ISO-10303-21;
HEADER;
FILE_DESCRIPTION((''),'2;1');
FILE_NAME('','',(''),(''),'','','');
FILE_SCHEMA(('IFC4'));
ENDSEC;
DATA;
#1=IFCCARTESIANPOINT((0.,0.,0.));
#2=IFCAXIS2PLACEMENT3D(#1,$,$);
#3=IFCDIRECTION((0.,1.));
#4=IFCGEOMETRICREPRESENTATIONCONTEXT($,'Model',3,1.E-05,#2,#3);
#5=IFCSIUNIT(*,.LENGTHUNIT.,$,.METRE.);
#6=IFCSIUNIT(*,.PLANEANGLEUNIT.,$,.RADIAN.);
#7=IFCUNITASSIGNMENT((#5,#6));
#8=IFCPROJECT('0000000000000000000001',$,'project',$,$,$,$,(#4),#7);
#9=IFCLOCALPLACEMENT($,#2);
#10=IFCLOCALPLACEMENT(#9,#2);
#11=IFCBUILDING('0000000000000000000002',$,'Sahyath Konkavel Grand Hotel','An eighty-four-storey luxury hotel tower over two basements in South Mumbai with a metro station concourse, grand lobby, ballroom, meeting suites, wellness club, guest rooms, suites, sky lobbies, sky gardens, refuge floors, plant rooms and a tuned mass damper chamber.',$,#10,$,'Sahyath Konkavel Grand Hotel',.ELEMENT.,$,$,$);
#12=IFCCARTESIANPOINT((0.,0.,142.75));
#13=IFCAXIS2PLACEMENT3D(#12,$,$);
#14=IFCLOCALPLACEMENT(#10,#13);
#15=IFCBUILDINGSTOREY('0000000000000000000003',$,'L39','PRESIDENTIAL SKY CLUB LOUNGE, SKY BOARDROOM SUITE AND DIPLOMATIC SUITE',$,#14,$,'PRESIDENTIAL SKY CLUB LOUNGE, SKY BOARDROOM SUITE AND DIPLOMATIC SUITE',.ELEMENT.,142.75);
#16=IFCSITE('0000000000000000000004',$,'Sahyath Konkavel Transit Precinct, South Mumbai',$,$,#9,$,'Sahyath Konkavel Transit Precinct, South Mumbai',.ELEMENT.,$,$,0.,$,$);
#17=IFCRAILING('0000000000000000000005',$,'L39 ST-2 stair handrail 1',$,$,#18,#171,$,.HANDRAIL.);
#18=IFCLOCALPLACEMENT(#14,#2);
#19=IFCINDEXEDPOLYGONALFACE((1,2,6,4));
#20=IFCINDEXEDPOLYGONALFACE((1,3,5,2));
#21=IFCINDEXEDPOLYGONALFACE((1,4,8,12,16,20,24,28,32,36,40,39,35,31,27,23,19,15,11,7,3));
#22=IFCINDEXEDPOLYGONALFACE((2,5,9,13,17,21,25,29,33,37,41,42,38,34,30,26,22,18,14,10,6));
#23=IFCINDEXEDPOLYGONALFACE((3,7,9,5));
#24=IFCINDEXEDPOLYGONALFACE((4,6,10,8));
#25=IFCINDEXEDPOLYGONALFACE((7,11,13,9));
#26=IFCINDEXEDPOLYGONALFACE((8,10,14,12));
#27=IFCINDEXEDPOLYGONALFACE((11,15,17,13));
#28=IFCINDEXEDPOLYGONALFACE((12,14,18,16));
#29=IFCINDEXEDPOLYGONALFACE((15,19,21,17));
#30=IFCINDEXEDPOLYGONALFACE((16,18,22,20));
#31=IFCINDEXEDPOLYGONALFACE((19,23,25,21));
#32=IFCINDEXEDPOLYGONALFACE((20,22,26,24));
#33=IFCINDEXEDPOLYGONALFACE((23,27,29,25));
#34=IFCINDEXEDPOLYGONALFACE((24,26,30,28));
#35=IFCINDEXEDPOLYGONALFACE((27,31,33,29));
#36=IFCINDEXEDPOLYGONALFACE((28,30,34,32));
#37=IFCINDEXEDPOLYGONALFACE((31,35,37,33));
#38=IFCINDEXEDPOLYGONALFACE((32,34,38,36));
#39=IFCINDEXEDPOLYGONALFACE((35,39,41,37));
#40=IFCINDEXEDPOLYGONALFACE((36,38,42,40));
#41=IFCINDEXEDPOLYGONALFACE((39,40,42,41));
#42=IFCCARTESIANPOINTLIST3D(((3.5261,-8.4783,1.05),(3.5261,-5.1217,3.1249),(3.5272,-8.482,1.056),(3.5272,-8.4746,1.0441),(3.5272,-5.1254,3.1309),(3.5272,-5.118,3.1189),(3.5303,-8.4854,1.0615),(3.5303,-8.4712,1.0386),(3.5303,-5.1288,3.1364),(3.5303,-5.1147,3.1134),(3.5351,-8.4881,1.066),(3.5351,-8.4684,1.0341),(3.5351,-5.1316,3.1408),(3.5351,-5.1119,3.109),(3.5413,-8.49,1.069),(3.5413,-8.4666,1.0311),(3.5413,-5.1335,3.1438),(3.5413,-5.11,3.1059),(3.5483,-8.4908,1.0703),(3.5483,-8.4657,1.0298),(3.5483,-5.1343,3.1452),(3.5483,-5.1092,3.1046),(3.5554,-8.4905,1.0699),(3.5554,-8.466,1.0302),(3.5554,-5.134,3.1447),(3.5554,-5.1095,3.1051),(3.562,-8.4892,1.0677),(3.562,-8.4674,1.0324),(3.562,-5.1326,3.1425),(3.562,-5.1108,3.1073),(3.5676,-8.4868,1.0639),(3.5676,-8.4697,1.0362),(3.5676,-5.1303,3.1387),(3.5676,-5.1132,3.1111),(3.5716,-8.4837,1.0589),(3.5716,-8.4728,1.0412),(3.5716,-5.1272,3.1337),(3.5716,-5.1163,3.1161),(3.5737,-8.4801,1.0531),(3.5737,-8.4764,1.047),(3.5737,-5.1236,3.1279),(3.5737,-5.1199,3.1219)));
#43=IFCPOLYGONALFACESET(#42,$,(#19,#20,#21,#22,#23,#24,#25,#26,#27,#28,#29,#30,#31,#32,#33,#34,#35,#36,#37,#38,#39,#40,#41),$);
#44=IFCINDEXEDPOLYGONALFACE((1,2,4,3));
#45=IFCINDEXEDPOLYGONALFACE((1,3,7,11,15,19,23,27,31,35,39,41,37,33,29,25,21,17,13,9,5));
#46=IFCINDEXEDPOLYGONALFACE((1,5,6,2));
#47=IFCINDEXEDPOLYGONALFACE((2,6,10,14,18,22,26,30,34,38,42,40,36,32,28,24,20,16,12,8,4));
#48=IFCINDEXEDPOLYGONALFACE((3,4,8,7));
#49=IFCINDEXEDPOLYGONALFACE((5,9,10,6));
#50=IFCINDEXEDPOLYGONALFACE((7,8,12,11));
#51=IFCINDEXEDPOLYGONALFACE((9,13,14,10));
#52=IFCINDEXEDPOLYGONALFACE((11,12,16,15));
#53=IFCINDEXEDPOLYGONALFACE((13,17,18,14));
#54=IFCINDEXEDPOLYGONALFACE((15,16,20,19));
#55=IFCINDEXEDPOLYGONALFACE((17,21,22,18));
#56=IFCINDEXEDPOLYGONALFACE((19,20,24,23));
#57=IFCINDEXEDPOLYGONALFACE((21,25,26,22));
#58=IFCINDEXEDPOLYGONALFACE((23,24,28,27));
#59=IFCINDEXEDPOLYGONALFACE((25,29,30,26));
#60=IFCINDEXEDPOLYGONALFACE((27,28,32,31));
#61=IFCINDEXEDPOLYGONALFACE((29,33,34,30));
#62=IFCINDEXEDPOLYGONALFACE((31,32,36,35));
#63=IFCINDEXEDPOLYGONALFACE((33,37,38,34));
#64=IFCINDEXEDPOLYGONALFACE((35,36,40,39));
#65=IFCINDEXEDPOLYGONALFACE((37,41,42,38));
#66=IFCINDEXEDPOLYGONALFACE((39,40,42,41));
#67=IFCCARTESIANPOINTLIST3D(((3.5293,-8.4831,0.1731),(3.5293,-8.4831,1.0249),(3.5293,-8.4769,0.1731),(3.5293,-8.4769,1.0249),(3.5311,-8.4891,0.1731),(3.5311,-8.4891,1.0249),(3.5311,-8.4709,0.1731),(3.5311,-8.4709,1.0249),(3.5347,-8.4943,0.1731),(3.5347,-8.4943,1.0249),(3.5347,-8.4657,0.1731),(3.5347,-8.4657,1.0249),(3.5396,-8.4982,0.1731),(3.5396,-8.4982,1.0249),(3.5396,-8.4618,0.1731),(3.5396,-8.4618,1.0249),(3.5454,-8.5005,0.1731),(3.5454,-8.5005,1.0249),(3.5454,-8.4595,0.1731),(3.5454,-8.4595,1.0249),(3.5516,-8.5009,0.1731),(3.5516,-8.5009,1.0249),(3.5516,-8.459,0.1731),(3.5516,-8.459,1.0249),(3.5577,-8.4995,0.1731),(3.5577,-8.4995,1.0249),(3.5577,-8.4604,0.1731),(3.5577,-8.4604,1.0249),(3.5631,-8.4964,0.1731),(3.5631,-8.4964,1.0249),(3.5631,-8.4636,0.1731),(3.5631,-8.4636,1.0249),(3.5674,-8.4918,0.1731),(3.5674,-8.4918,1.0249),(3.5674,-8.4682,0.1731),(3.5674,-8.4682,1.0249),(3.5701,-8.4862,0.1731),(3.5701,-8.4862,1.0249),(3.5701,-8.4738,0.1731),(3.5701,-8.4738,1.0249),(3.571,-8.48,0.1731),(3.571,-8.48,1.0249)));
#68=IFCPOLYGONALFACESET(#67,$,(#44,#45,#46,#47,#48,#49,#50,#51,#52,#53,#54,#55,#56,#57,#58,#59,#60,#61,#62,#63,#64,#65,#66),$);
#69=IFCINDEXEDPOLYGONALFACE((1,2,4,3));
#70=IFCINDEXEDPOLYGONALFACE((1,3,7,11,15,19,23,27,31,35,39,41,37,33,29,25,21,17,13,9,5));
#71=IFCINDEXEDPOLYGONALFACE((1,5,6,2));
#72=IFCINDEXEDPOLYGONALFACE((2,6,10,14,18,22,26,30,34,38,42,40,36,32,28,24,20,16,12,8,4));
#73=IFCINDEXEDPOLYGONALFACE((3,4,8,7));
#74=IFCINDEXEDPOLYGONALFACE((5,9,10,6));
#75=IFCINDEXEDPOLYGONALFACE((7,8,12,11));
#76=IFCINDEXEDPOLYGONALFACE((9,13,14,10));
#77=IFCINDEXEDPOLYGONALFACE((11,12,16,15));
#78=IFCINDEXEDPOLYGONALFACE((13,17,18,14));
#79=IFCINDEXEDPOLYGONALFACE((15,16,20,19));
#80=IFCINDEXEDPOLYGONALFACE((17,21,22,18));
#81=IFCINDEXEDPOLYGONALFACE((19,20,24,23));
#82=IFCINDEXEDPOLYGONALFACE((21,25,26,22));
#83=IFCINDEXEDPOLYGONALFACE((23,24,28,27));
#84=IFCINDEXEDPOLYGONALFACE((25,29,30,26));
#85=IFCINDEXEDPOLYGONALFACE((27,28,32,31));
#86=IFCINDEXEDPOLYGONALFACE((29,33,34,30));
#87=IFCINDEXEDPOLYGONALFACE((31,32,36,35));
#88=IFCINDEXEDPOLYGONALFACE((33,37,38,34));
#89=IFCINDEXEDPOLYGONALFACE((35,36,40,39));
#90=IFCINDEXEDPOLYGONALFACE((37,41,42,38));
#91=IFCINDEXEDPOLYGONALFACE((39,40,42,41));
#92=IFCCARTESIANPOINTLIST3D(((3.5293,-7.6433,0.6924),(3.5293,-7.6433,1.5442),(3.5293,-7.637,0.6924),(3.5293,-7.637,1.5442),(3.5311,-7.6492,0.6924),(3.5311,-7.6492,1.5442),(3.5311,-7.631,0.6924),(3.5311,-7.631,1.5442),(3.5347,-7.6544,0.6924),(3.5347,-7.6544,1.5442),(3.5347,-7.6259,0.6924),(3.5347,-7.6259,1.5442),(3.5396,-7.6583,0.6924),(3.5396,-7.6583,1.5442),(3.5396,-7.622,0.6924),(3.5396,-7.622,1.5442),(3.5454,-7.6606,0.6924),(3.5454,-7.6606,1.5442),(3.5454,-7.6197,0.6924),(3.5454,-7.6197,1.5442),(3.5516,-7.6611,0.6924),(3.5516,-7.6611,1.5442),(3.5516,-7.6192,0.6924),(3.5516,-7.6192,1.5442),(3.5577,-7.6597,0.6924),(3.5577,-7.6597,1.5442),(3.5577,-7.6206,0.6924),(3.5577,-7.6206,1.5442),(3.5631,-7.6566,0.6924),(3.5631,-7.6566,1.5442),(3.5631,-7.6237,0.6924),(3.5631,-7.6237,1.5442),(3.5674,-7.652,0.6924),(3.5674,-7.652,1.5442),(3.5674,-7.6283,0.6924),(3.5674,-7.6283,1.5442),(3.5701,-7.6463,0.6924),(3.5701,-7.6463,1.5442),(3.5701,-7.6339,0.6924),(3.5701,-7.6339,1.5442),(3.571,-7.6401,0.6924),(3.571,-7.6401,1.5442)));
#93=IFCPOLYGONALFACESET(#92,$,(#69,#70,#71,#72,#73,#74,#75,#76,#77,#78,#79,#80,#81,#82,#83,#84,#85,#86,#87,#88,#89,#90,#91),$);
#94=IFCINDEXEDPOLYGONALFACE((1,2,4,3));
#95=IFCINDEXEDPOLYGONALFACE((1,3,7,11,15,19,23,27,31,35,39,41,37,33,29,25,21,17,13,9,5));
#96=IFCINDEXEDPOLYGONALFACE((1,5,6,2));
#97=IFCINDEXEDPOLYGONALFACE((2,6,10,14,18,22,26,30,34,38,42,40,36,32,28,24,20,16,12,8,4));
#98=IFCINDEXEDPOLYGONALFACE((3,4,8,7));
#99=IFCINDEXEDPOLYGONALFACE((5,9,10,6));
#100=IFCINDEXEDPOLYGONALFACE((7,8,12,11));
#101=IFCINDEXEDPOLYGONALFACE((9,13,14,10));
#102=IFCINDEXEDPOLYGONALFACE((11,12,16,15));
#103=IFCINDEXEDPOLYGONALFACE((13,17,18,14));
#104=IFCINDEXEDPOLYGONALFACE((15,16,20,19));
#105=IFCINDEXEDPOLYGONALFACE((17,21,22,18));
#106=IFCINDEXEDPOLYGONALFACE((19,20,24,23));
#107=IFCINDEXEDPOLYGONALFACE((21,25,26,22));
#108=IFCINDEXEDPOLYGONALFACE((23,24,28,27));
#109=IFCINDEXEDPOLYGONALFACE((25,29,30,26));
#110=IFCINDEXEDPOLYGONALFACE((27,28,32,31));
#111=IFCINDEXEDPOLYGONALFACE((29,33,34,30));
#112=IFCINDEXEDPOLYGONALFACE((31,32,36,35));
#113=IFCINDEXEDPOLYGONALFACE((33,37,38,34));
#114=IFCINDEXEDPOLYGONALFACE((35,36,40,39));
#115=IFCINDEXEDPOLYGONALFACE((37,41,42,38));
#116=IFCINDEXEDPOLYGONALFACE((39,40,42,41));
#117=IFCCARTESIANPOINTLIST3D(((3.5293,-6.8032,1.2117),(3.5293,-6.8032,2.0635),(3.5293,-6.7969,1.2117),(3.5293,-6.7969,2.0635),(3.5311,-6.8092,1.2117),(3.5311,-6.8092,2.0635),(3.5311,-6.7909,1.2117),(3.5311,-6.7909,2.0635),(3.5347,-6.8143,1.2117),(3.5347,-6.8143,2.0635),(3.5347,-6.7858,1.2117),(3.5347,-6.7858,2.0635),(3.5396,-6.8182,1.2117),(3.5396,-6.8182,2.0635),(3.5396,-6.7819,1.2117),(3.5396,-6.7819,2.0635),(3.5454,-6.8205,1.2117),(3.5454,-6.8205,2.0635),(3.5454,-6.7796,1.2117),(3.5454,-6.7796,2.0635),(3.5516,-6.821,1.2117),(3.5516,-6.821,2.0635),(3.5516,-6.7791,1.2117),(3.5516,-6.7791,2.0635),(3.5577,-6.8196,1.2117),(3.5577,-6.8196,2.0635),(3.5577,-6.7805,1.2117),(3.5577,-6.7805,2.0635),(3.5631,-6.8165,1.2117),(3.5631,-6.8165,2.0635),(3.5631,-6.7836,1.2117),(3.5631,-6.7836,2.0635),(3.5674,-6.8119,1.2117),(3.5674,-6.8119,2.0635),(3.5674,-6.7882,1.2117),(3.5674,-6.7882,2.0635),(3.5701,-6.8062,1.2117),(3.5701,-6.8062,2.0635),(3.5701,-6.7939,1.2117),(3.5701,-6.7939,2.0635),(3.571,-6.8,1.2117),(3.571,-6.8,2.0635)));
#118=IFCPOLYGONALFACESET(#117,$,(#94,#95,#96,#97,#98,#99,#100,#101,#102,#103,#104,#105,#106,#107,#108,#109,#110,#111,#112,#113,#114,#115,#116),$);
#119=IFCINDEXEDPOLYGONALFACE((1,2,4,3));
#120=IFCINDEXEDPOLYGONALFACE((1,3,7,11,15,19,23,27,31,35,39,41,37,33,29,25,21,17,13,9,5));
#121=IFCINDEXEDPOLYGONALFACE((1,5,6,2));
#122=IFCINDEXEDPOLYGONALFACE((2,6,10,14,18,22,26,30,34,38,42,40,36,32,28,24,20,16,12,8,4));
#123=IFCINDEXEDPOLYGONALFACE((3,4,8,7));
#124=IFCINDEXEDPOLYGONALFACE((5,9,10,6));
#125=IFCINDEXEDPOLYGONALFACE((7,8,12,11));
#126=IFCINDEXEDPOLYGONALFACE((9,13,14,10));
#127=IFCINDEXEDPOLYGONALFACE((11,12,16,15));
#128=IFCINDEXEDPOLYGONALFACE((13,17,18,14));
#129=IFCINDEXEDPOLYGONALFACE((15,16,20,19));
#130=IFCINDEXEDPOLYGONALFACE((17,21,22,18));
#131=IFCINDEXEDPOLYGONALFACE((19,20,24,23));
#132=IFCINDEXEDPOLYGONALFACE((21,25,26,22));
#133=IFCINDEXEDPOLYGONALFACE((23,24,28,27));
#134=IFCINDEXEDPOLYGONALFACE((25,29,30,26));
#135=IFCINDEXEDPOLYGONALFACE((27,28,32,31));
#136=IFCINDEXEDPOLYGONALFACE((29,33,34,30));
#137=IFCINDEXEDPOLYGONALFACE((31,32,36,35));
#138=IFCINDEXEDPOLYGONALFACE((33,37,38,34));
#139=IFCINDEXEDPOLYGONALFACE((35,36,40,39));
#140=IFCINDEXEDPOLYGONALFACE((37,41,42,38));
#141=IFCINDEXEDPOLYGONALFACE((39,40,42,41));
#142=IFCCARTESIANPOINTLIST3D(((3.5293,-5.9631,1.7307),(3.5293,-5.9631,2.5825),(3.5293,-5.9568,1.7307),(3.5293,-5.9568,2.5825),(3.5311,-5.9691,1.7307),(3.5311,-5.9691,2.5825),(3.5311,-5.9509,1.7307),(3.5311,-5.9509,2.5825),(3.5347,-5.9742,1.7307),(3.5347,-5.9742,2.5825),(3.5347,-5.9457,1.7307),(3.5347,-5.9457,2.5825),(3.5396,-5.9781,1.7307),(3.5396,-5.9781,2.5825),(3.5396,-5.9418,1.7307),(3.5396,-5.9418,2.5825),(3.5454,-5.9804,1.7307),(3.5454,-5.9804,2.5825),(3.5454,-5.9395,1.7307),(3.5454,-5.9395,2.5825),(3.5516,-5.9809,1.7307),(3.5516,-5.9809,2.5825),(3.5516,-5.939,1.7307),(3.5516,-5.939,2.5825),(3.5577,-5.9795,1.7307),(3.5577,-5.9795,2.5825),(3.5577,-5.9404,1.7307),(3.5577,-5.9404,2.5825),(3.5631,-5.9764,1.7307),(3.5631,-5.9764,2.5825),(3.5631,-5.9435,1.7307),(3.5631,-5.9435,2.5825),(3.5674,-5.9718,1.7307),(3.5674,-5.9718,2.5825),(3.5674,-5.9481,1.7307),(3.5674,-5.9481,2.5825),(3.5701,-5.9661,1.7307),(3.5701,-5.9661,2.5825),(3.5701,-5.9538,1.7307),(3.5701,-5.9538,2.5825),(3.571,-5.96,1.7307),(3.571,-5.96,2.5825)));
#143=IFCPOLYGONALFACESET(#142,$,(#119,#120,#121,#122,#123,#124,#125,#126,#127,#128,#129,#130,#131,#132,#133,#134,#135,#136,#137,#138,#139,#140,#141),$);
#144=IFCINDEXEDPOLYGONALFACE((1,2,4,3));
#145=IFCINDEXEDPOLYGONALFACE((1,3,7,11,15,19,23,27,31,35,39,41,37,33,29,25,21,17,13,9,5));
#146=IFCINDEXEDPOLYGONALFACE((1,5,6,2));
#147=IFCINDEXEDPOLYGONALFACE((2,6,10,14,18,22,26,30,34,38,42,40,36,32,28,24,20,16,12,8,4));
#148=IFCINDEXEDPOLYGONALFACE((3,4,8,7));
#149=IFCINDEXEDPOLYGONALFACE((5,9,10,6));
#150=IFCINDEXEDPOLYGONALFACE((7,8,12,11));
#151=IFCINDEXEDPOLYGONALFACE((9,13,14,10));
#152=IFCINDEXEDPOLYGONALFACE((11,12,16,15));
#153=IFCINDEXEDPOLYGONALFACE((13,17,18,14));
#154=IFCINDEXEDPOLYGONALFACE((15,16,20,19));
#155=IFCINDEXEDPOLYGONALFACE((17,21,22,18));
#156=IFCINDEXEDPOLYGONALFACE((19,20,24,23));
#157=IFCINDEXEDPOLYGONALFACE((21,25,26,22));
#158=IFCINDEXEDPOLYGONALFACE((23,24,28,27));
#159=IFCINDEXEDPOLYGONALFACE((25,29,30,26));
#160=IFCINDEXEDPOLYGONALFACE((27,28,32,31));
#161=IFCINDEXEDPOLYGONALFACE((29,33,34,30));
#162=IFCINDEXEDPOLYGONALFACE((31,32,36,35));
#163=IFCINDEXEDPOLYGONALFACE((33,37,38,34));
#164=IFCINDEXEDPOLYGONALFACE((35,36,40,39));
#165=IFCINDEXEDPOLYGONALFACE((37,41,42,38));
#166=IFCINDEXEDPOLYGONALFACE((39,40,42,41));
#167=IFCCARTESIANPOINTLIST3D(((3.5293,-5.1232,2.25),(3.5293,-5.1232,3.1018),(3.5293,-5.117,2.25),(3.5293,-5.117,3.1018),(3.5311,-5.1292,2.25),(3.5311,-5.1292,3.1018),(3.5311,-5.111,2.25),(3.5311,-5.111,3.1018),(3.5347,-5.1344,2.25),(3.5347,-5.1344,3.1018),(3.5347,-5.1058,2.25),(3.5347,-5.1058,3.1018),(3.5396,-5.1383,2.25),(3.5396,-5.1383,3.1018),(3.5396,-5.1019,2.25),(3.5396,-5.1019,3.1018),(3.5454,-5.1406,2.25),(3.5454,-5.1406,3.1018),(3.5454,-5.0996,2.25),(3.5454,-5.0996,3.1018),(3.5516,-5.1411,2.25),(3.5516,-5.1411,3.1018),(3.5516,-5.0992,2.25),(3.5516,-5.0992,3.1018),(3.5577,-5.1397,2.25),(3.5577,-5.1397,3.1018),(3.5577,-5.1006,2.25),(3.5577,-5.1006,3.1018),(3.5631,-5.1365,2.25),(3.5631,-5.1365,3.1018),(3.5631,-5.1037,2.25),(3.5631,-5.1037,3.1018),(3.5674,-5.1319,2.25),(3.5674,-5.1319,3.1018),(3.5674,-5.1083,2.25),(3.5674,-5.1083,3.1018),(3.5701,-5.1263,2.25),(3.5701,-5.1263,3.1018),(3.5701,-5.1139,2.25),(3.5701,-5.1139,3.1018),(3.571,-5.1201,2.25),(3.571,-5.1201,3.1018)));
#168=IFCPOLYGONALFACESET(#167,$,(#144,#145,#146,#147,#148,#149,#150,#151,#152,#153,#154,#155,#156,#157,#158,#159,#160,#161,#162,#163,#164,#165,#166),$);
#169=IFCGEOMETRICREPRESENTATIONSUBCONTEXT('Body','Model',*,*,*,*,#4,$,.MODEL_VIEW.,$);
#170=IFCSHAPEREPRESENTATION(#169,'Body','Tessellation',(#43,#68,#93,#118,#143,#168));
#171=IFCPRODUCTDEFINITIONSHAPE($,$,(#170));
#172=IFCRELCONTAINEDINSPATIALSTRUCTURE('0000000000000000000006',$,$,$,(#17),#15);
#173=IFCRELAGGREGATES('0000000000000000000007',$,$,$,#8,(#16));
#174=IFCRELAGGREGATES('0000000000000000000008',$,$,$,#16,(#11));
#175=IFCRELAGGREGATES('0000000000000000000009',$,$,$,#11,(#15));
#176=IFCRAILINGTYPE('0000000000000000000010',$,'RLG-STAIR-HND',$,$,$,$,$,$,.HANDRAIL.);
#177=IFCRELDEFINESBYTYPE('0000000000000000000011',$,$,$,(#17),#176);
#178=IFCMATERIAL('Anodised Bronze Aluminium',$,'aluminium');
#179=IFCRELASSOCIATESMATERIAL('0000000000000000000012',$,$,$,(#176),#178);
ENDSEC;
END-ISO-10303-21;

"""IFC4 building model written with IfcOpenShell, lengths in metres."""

from ifc_helpers import new_model, si_unit, direction, frame, origin, origin_2d, place, context, subcontext, project, spatial, circle, extrude, material, type_object, element, save


model = new_model("IFC4")

# Units and contexts
model_context = context("Model", 3, precision=1e-05, world=origin(), true_north=direction((0.0, 1.0)))
body_context = subcontext(model_context, "Body", "Model", "MODEL_VIEW")
ifc_project = project(units=[si_unit("LENGTHUNIT", "METRE"), si_unit("PLANEANGLEUNIT", "RADIAN")], contexts=[model_context])

# Site, building, storey
site_placement = place(None, origin())
site = spatial("IfcSite", under=ifc_project, at=site_placement, Name="Sahyath Konkavel Transit Precinct, South Mumbai", LongName="Sahyath Konkavel Transit Precinct, South Mumbai", CompositionType="ELEMENT", RefElevation=0.0)
building_placement = place(site_placement, origin())
building = spatial("IfcBuilding", under=site, at=building_placement, Name="Sahyath Konkavel Grand Hotel", Description="An eighty-four-storey luxury hotel tower over two basements in South Mumbai with a metro station concourse, grand lobby, ballroom, meeting suites, wellness club, guest rooms, suites, sky lobbies, sky gardens, refuge floors, plant rooms and a tuned mass damper chamber.", LongName="Sahyath Konkavel Grand Hotel", CompositionType="ELEMENT")
storey_placement = place(building_placement, frame((0.0, 0.0, 142.75)))
storey = spatial("IfcBuildingStorey", under=building, at=storey_placement, Name="L39", Description="PRESIDENTIAL SKY CLUB LOUNGE, SKY BOARDROOM SUITE AND DIPLOMATIC SUITE", LongName="PRESIDENTIAL SKY CLUB LOUNGE, SKY BOARDROOM SUITE AND DIPLOMATIC SUITE", CompositionType="ELEMENT", Elevation=142.75)

# Shared definitions
ifc_material_1 = material(Name="Anodised Bronze Aluminium", Category="aluminium")

# Railing
railing_type_1 = type_object("IfcRailingType", Name="RLG-STAIR-HND", PredefinedType="HANDRAIL", material=ifc_material_1)
railing_1_placement = place(storey_placement, frame((3.55, -8.48, 0.1731)))
element("IfcRailing", 1, at=railing_1_placement, inside=storey, type_object=railing_type_1, Name="L39 ST-2 stair handrail 1", PredefinedType="HANDRAIL", context=body_context, shape_type="SweptSolid", body=[
    extrude(circle(Radius=0.0239, at=origin_2d()), frame((0.0, 0.0017, 0.877), z_axis=(0.0, 0.850606, 0.525803), x_axis=(-1.0, 0.0, 0.0)), (0.0, 0.0, 1.0), 3.946),
    extrude(circle(Radius=0.021, at=origin_2d()), origin(), (0.0, 0.0, 1.0), 0.8518),
    extrude(circle(Radius=0.021, at=origin_2d()), frame((0.0, 0.8398, 0.5193)), (0.0, 0.0, 1.0), 0.8518),
    extrude(circle(Radius=0.021, at=origin_2d()), frame((0.0, 1.6799, 1.0386)), (0.0, 0.0, 1.0), 0.8518),
    extrude(circle(Radius=0.021, at=origin_2d()), frame((0.0, 2.52, 1.5576)), (0.0, 0.0, 1.0), 0.8518),
    extrude(circle(Radius=0.021, at=origin_2d()), frame((0.0, 3.3599, 2.0769)), (0.0, 0.0, 1.0), 0.8518),
])

save(model, "model.ifc")
